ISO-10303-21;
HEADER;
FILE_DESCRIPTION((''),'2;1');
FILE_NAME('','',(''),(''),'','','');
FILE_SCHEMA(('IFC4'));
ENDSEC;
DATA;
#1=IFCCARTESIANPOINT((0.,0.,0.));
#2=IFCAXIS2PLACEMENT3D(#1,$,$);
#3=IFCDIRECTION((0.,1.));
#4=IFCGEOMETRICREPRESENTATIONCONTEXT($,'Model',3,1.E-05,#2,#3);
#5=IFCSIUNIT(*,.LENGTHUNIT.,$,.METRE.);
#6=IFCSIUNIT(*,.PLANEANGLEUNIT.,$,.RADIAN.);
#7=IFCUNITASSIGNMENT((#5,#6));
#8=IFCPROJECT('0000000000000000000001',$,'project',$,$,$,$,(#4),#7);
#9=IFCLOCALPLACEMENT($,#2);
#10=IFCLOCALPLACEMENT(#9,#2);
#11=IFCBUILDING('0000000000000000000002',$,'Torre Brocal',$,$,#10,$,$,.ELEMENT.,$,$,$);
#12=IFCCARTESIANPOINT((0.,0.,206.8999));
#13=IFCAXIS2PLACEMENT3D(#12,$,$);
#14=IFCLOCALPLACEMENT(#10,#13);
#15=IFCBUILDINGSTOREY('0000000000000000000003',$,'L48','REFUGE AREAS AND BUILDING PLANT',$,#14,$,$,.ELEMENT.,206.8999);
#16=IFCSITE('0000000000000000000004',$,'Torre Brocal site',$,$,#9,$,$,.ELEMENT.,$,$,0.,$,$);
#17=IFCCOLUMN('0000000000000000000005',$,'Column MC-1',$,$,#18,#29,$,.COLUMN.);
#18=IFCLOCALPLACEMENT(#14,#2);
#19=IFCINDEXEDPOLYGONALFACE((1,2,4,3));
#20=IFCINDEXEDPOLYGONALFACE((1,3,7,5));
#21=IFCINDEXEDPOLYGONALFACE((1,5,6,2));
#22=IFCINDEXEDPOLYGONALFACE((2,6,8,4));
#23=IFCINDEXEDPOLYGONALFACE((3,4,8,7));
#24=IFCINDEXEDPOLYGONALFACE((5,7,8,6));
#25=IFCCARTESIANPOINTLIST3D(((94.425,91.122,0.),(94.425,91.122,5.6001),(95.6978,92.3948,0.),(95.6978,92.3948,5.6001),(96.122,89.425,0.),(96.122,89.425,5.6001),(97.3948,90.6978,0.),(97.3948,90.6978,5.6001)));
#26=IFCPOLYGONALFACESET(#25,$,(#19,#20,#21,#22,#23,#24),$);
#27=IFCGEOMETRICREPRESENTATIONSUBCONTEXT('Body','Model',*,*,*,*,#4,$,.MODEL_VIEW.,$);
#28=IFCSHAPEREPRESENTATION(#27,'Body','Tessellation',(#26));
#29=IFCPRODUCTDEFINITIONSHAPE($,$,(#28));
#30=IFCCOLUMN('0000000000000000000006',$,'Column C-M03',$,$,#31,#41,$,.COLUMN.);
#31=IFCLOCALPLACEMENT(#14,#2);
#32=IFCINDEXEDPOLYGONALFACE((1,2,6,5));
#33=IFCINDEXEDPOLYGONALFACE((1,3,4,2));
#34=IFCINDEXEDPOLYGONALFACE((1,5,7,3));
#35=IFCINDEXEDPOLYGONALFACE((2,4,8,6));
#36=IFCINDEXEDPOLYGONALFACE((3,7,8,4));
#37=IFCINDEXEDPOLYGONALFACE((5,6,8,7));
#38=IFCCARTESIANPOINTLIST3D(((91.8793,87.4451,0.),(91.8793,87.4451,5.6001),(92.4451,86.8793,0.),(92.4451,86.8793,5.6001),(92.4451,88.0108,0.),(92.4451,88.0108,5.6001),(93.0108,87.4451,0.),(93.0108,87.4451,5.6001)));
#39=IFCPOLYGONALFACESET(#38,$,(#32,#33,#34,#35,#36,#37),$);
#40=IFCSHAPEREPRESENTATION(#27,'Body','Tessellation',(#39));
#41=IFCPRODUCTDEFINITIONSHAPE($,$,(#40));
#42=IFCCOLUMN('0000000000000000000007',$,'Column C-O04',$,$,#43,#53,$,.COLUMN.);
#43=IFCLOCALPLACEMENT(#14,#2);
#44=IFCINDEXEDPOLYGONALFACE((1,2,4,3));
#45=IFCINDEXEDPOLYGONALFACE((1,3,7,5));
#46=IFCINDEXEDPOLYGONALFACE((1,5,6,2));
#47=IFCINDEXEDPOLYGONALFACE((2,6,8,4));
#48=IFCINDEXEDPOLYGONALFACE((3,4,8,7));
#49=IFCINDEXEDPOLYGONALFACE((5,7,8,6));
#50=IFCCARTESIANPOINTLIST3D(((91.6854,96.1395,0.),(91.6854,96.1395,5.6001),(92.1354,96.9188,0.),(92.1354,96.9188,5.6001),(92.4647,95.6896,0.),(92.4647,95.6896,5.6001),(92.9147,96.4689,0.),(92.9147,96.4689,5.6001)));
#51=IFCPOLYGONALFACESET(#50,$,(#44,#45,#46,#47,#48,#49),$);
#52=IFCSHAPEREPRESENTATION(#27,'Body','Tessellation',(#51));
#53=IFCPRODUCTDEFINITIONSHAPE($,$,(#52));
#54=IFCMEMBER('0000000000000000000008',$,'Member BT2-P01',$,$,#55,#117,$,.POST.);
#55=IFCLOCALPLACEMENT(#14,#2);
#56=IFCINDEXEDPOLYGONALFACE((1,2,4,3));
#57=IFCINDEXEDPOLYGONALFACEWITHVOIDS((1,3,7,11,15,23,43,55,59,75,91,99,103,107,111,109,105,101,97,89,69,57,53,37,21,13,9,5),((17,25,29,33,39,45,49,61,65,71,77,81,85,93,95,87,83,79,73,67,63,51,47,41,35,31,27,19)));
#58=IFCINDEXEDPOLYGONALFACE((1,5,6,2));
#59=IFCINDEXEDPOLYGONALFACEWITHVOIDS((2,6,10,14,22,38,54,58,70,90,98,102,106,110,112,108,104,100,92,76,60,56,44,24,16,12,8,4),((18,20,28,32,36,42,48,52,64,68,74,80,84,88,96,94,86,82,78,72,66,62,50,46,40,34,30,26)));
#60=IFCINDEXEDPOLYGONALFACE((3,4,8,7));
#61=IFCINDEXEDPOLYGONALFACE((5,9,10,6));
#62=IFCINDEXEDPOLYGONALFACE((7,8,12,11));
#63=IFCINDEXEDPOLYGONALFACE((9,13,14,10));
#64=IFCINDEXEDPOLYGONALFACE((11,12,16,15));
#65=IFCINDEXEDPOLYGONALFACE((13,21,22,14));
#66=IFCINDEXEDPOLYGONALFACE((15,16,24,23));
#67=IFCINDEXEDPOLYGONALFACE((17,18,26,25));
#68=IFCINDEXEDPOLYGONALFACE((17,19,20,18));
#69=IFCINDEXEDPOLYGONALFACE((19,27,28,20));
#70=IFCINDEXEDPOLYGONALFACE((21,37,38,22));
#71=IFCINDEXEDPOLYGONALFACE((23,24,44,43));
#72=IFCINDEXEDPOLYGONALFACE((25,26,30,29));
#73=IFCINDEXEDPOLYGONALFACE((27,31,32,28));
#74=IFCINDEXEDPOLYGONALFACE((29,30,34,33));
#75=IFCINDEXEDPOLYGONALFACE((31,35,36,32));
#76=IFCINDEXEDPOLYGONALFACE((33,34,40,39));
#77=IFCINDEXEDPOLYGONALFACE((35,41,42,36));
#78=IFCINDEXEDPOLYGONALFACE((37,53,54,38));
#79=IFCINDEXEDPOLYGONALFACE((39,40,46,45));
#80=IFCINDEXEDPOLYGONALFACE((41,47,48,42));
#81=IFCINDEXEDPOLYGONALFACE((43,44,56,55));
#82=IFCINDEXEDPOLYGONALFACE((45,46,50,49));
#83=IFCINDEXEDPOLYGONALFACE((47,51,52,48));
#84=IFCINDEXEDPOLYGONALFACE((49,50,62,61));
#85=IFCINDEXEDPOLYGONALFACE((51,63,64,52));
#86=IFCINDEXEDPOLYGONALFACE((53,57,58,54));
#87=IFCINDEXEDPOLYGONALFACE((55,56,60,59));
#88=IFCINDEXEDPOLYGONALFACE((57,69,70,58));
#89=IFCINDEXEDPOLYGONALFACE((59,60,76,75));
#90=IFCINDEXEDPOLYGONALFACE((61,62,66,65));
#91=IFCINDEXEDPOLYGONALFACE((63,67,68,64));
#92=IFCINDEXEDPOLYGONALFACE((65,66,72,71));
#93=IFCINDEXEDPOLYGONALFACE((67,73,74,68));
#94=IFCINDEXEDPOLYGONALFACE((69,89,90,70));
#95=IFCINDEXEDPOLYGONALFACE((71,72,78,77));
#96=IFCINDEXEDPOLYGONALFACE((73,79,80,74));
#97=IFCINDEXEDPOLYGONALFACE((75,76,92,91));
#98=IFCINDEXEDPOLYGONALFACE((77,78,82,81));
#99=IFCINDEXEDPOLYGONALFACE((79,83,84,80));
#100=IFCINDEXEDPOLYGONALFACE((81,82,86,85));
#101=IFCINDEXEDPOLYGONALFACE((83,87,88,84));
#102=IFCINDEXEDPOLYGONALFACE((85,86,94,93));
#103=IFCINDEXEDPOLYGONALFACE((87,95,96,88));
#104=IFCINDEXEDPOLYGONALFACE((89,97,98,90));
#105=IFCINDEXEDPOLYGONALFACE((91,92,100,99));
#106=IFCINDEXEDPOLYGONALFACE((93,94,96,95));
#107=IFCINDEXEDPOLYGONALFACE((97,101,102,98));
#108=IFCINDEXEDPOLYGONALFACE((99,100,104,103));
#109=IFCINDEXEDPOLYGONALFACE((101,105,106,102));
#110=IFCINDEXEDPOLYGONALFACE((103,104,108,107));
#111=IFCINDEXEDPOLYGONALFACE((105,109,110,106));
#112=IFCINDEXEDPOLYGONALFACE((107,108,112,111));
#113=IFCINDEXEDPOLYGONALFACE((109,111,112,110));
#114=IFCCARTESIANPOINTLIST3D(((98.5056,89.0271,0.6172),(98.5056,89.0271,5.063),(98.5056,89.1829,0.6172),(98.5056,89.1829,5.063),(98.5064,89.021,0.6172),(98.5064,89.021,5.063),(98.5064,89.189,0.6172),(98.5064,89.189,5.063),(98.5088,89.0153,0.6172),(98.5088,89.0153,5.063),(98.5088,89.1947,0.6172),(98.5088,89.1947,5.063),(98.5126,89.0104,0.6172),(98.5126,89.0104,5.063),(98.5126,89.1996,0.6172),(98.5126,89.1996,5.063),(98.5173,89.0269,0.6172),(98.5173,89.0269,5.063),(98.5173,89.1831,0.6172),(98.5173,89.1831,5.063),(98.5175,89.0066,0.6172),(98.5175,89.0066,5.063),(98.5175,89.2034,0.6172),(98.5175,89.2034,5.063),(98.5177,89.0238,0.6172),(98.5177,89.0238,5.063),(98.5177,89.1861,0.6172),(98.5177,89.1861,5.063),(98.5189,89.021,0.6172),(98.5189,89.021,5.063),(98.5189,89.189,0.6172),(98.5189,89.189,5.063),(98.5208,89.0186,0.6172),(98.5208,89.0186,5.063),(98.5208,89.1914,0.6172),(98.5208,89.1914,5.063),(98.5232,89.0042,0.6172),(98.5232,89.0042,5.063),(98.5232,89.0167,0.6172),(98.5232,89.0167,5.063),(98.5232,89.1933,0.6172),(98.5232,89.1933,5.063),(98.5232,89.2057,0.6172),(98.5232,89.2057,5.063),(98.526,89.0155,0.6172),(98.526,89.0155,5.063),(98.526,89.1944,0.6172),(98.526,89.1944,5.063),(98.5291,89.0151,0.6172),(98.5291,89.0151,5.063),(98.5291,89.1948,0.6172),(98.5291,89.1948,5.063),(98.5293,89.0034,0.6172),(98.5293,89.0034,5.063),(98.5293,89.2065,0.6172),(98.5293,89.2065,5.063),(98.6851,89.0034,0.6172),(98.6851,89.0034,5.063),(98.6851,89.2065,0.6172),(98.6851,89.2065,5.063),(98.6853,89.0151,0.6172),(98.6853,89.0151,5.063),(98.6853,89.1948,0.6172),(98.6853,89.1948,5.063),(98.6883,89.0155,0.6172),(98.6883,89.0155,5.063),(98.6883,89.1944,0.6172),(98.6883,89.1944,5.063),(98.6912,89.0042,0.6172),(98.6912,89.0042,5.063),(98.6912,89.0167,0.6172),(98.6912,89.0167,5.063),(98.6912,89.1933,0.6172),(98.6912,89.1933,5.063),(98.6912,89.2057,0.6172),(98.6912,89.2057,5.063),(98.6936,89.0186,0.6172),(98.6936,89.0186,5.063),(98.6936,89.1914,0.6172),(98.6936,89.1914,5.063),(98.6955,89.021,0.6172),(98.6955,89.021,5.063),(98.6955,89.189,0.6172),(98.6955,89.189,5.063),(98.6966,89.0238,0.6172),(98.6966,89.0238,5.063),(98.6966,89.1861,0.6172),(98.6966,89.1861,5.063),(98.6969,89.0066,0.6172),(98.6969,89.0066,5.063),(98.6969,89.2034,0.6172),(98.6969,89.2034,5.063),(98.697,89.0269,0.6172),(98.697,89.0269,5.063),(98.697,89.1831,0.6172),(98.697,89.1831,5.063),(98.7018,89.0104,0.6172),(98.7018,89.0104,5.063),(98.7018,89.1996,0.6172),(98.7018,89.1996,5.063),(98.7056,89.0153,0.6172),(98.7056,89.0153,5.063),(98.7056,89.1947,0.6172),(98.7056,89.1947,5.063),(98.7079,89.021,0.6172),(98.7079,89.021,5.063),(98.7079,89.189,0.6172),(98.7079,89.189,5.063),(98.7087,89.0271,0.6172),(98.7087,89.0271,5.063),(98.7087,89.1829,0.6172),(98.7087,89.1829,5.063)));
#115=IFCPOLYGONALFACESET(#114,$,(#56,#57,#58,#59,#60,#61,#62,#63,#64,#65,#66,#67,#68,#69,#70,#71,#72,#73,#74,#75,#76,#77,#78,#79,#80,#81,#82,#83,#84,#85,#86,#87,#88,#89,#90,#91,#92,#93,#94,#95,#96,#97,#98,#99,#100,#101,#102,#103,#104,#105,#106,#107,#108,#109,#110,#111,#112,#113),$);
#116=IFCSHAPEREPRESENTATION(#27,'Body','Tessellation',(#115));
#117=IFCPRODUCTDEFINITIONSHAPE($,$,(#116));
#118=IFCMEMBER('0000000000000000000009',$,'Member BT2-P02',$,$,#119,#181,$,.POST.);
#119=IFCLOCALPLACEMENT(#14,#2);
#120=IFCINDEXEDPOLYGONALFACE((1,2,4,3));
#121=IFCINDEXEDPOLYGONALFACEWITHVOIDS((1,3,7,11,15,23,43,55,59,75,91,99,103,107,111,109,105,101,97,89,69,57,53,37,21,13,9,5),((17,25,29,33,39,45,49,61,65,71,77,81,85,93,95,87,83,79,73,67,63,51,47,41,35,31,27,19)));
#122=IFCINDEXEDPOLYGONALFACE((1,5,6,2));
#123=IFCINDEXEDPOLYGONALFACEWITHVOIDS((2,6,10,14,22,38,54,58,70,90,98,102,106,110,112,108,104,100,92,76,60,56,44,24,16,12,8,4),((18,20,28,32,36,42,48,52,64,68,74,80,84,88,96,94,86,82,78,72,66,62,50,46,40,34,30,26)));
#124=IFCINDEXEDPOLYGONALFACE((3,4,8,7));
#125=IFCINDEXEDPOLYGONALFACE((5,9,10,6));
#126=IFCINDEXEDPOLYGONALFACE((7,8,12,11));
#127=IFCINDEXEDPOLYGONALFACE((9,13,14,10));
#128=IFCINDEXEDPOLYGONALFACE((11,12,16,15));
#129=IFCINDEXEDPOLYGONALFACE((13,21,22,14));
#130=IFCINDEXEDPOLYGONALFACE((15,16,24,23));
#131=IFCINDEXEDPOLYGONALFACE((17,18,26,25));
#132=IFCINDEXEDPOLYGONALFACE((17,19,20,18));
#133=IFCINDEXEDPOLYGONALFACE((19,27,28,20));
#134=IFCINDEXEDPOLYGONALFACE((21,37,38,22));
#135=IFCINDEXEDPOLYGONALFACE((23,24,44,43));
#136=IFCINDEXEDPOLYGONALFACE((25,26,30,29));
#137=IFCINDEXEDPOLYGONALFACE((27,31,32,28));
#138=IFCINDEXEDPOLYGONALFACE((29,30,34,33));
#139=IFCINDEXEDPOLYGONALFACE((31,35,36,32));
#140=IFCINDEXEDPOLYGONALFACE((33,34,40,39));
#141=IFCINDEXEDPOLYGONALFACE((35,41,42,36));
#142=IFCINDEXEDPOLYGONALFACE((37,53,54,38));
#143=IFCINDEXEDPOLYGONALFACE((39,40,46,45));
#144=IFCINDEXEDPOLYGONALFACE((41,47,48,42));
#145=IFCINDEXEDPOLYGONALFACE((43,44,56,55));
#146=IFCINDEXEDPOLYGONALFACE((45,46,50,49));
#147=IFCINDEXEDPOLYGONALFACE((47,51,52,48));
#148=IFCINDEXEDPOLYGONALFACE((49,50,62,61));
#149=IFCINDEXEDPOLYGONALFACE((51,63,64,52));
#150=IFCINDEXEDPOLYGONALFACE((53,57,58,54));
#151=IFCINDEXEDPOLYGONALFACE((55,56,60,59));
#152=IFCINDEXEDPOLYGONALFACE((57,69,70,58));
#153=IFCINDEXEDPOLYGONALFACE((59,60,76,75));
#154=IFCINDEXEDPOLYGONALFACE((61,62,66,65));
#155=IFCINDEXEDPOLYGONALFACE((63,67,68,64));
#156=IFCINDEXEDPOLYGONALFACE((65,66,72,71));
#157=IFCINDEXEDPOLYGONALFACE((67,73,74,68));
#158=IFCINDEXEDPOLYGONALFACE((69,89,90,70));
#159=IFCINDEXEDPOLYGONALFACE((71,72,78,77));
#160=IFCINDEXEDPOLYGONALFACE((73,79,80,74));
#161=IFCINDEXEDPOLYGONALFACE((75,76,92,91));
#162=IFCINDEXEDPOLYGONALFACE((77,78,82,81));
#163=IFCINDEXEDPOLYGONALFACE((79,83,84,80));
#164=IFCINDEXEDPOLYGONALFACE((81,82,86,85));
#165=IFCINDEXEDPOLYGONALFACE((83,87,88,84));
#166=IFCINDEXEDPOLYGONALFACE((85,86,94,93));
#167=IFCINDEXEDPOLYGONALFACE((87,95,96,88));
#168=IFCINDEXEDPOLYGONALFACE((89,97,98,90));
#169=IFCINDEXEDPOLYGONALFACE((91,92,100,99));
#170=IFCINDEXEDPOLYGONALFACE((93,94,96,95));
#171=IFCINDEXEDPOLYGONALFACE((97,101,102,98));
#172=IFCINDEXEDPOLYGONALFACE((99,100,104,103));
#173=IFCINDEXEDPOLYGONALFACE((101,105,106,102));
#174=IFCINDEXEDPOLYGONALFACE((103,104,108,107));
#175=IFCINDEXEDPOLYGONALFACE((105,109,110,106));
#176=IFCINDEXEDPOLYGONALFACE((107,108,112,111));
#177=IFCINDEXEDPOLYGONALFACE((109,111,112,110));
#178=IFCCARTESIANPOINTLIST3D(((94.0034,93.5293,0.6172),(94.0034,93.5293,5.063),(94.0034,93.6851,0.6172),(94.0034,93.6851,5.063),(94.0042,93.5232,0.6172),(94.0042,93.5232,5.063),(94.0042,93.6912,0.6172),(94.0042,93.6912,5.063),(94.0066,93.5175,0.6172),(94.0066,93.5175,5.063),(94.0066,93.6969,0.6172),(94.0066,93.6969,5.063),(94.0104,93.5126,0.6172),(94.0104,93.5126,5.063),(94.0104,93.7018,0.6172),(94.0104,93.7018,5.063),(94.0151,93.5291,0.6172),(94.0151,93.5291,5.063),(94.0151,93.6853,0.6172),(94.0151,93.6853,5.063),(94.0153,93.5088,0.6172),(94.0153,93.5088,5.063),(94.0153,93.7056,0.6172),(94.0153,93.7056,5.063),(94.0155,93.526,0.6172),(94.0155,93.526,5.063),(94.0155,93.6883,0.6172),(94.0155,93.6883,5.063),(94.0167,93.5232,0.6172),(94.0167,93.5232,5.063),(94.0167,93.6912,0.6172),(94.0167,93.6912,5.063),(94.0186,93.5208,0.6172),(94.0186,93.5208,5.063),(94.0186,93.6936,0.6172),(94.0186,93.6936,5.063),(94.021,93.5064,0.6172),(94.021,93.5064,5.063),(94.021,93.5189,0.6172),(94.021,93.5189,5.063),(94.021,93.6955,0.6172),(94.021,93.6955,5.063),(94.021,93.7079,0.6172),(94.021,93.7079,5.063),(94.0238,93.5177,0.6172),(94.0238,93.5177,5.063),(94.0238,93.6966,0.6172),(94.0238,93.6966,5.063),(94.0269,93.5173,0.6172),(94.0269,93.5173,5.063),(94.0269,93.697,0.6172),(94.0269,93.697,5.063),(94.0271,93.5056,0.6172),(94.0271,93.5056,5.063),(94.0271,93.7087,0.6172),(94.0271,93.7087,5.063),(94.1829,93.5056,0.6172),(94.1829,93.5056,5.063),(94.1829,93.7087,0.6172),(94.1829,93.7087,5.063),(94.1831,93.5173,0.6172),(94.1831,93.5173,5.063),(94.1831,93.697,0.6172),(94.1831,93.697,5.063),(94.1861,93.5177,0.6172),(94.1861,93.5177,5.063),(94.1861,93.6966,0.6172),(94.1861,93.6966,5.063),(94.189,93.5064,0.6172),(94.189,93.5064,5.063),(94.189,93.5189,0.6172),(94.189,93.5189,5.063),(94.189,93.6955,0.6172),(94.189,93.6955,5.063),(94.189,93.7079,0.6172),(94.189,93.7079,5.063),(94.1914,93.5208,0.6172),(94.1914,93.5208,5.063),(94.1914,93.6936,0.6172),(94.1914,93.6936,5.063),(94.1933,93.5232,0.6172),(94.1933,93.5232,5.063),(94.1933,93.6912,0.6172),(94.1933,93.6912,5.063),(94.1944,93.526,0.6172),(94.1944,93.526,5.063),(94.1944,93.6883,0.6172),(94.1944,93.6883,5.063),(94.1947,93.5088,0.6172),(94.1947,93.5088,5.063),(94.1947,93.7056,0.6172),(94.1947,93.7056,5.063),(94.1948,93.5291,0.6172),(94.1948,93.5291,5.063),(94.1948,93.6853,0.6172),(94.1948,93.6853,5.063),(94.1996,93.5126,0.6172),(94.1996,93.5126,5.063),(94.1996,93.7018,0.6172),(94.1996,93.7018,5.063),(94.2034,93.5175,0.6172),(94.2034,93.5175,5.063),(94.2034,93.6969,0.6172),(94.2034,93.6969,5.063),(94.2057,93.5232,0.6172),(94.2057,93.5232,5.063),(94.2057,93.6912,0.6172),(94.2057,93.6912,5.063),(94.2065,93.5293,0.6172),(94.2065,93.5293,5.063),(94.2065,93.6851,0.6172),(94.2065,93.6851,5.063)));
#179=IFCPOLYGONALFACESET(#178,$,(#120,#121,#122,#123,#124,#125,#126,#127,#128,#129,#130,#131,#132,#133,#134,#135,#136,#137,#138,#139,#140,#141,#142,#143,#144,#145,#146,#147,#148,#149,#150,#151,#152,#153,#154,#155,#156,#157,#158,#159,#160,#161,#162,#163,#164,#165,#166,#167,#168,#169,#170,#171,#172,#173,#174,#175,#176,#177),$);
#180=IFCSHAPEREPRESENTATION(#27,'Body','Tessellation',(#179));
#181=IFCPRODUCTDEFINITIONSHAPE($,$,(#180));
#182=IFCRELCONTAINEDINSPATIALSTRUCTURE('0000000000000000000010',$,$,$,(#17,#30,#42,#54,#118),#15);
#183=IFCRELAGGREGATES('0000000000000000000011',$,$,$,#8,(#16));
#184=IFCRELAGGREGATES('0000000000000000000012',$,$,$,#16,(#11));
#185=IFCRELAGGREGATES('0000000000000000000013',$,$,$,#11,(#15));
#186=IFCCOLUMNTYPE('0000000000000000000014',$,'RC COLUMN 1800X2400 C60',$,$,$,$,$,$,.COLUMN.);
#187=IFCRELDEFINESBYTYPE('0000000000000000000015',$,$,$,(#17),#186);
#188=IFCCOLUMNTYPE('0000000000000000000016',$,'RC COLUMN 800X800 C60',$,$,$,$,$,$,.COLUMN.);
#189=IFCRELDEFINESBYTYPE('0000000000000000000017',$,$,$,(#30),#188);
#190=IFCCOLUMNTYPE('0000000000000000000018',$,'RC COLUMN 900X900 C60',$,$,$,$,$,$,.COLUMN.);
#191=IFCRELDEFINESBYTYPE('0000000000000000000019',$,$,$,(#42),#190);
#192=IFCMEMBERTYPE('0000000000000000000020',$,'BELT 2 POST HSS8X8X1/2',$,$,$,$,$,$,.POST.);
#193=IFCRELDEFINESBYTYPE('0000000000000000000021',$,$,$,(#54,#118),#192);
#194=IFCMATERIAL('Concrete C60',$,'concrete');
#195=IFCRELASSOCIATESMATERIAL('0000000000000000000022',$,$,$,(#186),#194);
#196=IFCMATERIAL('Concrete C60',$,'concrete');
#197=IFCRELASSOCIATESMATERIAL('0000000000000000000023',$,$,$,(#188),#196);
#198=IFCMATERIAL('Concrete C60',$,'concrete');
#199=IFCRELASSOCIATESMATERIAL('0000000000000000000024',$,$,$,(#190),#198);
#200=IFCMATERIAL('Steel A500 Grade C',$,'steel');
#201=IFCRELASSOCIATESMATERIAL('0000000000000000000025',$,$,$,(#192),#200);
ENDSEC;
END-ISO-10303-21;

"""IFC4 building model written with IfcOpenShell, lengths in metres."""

from ifc_helpers import new_model, si_unit, direction, frame, origin, origin_2d, place, context, subcontext, project, spatial, rectangle, hollow_rectangle, extrude, material, material_profile, profile_set, type_object, element, save


model = new_model("IFC4")

# Units and contexts
model_context = context("Model", 3, precision=1e-05, world=origin(), true_north=direction((0.0, 1.0)))
body_context = subcontext(model_context, "Body", "Model", "MODEL_VIEW")
ifc_project = project(units=[si_unit("LENGTHUNIT", "METRE"), si_unit("PLANEANGLEUNIT", "RADIAN")], contexts=[model_context])

# Site, building, storey
site_placement = place(None, origin())
site = spatial("IfcSite", under=ifc_project, at=site_placement, Name="Torre Brocal site", CompositionType="ELEMENT", RefElevation=0.0)
building_placement = place(site_placement, origin())
building = spatial("IfcBuilding", under=site, at=building_placement, Name="Torre Brocal", CompositionType="ELEMENT")
storey_placement = place(building_placement, frame((0.0, 0.0, 206.8999)))
storey = spatial("IfcBuildingStorey", under=building, at=storey_placement, Name="L48", Description="REFUGE AREAS AND BUILDING PLANT", CompositionType="ELEMENT", Elevation=206.8999)

# Columns
ifc_material_1 = material(Name="Concrete C60", Category="concrete")
ifc_material_profile_1 = material_profile(ifc_material_1, rectangle(XDim=1.8, YDim=2.3999, at=origin_2d()), Name="RC 1800X2400")
ifc_profile_set_1 = profile_set([ifc_material_profile_1], Name="Concrete C60")
column_type_1 = type_object("IfcColumnType", Name="RC COLUMN 1800X2400 C60", PredefinedType="COLUMN", material=ifc_profile_set_1)
column_1_placement = place(storey_placement, frame((95.9099, 90.9099, 0.0), z_axis=(0.0, 0.0, 1.0), x_axis=(0.707107, 0.707107, 0.0)))
element("IfcColumn", 1, at=column_1_placement, inside=storey, type_object=column_type_1, Name="Column MC-1", PredefinedType="COLUMN", context=body_context, shape_type="SweptSolid", body=[
    extrude(rectangle(XDim=1.8, YDim=2.3999, at=origin_2d()), origin(), (0.0, 0.0, 1.0), 5.6001),
])
ifc_material_2 = material(Name="Concrete C60", Category="concrete")
ifc_material_profile_2 = material_profile(ifc_material_2, rectangle(XDim=0.8, YDim=0.8, at=origin_2d()), Name="RC 800X800")
ifc_profile_set_2 = profile_set([ifc_material_profile_2], Name="Concrete C60")
column_type_2 = type_object("IfcColumnType", Name="RC COLUMN 800X800 C60", PredefinedType="COLUMN", material=ifc_profile_set_2)
column_2_placement = place(storey_placement, frame((92.4451, 87.4451, 0.0), z_axis=(0.0, 0.0, 1.0), x_axis=(0.707107, 0.707107, 0.0)))
element("IfcColumn", 2, at=column_2_placement, inside=storey, type_object=column_type_2, Name="Column C-M03", PredefinedType="COLUMN", context=body_context, shape_type="SweptSolid", body=[
    extrude(rectangle(XDim=0.8, YDim=0.8, at=origin_2d()), origin(), (0.0, 0.0, 1.0), 5.6001),
])
ifc_material_3 = material(Name="Concrete C60", Category="concrete")
ifc_material_profile_3 = material_profile(ifc_material_3, rectangle(XDim=0.8999, YDim=0.8999, at=origin_2d()), Name="RC 900X900")
ifc_profile_set_3 = profile_set([ifc_material_profile_3], Name="Concrete C60")
column_type_3 = type_object("IfcColumnType", Name="RC COLUMN 900X900 C60", PredefinedType="COLUMN", material=ifc_profile_set_3)
column_3_placement = place(storey_placement, frame((92.3, 96.3042, 0.0), z_axis=(0.0, 0.0, 1.0), x_axis=(0.5, 0.866025, 0.0)))
element("IfcColumn", 3, at=column_3_placement, inside=storey, type_object=column_type_3, Name="Column C-O04", PredefinedType="COLUMN", context=body_context, shape_type="SweptSolid", body=[
    extrude(rectangle(XDim=0.8999, YDim=0.8999, at=origin_2d()), origin(), (0.0, 0.0, 1.0), 5.6001),
])

# Members
ifc_material_4 = material(Name="Steel A500 Grade C", Category="steel")
ifc_material_profile_4 = material_profile(ifc_material_4, hollow_rectangle(XDim=0.2031, YDim=0.2031, WallThickness=0.0117, InnerFilletRadius=0.0117, OuterFilletRadius=0.0237, at=origin_2d()), Name="HSS8X8X1/2")
ifc_profile_set_4 = profile_set([ifc_material_profile_4], Name="Steel A500 Grade C")
member_type_1 = type_object("IfcMemberType", Name="BELT 2 POST HSS8X8X1/2", PredefinedType="POST", material=ifc_profile_set_4)
for number, where, z_axis, x_axis, name in (
    (4, (98.6072, 89.105, 0.6172), (0.0, 0.0, 1.0), (1.0, 0.0, 0.0), "Member BT2-P01"),
    (5, (94.105, 93.6072, 0.6172), (0.0, 0.0, 1.0), (1.0, 0.0, 0.0), "Member BT2-P02"),
):
    element("IfcMember", number, at=place(storey_placement, frame(where, z_axis=z_axis, x_axis=x_axis)), inside=storey, type_object=member_type_1, Name=name, PredefinedType="POST", context=body_context, shape_type="SweptSolid", body=[
        extrude(hollow_rectangle(XDim=0.2031, YDim=0.2031, WallThickness=0.0117, InnerFilletRadius=0.0117, OuterFilletRadius=0.0237, at=origin_2d()), origin(), (0.0, 0.0, 1.0), 4.4458),
    ])

save(model, "model.ifc")
